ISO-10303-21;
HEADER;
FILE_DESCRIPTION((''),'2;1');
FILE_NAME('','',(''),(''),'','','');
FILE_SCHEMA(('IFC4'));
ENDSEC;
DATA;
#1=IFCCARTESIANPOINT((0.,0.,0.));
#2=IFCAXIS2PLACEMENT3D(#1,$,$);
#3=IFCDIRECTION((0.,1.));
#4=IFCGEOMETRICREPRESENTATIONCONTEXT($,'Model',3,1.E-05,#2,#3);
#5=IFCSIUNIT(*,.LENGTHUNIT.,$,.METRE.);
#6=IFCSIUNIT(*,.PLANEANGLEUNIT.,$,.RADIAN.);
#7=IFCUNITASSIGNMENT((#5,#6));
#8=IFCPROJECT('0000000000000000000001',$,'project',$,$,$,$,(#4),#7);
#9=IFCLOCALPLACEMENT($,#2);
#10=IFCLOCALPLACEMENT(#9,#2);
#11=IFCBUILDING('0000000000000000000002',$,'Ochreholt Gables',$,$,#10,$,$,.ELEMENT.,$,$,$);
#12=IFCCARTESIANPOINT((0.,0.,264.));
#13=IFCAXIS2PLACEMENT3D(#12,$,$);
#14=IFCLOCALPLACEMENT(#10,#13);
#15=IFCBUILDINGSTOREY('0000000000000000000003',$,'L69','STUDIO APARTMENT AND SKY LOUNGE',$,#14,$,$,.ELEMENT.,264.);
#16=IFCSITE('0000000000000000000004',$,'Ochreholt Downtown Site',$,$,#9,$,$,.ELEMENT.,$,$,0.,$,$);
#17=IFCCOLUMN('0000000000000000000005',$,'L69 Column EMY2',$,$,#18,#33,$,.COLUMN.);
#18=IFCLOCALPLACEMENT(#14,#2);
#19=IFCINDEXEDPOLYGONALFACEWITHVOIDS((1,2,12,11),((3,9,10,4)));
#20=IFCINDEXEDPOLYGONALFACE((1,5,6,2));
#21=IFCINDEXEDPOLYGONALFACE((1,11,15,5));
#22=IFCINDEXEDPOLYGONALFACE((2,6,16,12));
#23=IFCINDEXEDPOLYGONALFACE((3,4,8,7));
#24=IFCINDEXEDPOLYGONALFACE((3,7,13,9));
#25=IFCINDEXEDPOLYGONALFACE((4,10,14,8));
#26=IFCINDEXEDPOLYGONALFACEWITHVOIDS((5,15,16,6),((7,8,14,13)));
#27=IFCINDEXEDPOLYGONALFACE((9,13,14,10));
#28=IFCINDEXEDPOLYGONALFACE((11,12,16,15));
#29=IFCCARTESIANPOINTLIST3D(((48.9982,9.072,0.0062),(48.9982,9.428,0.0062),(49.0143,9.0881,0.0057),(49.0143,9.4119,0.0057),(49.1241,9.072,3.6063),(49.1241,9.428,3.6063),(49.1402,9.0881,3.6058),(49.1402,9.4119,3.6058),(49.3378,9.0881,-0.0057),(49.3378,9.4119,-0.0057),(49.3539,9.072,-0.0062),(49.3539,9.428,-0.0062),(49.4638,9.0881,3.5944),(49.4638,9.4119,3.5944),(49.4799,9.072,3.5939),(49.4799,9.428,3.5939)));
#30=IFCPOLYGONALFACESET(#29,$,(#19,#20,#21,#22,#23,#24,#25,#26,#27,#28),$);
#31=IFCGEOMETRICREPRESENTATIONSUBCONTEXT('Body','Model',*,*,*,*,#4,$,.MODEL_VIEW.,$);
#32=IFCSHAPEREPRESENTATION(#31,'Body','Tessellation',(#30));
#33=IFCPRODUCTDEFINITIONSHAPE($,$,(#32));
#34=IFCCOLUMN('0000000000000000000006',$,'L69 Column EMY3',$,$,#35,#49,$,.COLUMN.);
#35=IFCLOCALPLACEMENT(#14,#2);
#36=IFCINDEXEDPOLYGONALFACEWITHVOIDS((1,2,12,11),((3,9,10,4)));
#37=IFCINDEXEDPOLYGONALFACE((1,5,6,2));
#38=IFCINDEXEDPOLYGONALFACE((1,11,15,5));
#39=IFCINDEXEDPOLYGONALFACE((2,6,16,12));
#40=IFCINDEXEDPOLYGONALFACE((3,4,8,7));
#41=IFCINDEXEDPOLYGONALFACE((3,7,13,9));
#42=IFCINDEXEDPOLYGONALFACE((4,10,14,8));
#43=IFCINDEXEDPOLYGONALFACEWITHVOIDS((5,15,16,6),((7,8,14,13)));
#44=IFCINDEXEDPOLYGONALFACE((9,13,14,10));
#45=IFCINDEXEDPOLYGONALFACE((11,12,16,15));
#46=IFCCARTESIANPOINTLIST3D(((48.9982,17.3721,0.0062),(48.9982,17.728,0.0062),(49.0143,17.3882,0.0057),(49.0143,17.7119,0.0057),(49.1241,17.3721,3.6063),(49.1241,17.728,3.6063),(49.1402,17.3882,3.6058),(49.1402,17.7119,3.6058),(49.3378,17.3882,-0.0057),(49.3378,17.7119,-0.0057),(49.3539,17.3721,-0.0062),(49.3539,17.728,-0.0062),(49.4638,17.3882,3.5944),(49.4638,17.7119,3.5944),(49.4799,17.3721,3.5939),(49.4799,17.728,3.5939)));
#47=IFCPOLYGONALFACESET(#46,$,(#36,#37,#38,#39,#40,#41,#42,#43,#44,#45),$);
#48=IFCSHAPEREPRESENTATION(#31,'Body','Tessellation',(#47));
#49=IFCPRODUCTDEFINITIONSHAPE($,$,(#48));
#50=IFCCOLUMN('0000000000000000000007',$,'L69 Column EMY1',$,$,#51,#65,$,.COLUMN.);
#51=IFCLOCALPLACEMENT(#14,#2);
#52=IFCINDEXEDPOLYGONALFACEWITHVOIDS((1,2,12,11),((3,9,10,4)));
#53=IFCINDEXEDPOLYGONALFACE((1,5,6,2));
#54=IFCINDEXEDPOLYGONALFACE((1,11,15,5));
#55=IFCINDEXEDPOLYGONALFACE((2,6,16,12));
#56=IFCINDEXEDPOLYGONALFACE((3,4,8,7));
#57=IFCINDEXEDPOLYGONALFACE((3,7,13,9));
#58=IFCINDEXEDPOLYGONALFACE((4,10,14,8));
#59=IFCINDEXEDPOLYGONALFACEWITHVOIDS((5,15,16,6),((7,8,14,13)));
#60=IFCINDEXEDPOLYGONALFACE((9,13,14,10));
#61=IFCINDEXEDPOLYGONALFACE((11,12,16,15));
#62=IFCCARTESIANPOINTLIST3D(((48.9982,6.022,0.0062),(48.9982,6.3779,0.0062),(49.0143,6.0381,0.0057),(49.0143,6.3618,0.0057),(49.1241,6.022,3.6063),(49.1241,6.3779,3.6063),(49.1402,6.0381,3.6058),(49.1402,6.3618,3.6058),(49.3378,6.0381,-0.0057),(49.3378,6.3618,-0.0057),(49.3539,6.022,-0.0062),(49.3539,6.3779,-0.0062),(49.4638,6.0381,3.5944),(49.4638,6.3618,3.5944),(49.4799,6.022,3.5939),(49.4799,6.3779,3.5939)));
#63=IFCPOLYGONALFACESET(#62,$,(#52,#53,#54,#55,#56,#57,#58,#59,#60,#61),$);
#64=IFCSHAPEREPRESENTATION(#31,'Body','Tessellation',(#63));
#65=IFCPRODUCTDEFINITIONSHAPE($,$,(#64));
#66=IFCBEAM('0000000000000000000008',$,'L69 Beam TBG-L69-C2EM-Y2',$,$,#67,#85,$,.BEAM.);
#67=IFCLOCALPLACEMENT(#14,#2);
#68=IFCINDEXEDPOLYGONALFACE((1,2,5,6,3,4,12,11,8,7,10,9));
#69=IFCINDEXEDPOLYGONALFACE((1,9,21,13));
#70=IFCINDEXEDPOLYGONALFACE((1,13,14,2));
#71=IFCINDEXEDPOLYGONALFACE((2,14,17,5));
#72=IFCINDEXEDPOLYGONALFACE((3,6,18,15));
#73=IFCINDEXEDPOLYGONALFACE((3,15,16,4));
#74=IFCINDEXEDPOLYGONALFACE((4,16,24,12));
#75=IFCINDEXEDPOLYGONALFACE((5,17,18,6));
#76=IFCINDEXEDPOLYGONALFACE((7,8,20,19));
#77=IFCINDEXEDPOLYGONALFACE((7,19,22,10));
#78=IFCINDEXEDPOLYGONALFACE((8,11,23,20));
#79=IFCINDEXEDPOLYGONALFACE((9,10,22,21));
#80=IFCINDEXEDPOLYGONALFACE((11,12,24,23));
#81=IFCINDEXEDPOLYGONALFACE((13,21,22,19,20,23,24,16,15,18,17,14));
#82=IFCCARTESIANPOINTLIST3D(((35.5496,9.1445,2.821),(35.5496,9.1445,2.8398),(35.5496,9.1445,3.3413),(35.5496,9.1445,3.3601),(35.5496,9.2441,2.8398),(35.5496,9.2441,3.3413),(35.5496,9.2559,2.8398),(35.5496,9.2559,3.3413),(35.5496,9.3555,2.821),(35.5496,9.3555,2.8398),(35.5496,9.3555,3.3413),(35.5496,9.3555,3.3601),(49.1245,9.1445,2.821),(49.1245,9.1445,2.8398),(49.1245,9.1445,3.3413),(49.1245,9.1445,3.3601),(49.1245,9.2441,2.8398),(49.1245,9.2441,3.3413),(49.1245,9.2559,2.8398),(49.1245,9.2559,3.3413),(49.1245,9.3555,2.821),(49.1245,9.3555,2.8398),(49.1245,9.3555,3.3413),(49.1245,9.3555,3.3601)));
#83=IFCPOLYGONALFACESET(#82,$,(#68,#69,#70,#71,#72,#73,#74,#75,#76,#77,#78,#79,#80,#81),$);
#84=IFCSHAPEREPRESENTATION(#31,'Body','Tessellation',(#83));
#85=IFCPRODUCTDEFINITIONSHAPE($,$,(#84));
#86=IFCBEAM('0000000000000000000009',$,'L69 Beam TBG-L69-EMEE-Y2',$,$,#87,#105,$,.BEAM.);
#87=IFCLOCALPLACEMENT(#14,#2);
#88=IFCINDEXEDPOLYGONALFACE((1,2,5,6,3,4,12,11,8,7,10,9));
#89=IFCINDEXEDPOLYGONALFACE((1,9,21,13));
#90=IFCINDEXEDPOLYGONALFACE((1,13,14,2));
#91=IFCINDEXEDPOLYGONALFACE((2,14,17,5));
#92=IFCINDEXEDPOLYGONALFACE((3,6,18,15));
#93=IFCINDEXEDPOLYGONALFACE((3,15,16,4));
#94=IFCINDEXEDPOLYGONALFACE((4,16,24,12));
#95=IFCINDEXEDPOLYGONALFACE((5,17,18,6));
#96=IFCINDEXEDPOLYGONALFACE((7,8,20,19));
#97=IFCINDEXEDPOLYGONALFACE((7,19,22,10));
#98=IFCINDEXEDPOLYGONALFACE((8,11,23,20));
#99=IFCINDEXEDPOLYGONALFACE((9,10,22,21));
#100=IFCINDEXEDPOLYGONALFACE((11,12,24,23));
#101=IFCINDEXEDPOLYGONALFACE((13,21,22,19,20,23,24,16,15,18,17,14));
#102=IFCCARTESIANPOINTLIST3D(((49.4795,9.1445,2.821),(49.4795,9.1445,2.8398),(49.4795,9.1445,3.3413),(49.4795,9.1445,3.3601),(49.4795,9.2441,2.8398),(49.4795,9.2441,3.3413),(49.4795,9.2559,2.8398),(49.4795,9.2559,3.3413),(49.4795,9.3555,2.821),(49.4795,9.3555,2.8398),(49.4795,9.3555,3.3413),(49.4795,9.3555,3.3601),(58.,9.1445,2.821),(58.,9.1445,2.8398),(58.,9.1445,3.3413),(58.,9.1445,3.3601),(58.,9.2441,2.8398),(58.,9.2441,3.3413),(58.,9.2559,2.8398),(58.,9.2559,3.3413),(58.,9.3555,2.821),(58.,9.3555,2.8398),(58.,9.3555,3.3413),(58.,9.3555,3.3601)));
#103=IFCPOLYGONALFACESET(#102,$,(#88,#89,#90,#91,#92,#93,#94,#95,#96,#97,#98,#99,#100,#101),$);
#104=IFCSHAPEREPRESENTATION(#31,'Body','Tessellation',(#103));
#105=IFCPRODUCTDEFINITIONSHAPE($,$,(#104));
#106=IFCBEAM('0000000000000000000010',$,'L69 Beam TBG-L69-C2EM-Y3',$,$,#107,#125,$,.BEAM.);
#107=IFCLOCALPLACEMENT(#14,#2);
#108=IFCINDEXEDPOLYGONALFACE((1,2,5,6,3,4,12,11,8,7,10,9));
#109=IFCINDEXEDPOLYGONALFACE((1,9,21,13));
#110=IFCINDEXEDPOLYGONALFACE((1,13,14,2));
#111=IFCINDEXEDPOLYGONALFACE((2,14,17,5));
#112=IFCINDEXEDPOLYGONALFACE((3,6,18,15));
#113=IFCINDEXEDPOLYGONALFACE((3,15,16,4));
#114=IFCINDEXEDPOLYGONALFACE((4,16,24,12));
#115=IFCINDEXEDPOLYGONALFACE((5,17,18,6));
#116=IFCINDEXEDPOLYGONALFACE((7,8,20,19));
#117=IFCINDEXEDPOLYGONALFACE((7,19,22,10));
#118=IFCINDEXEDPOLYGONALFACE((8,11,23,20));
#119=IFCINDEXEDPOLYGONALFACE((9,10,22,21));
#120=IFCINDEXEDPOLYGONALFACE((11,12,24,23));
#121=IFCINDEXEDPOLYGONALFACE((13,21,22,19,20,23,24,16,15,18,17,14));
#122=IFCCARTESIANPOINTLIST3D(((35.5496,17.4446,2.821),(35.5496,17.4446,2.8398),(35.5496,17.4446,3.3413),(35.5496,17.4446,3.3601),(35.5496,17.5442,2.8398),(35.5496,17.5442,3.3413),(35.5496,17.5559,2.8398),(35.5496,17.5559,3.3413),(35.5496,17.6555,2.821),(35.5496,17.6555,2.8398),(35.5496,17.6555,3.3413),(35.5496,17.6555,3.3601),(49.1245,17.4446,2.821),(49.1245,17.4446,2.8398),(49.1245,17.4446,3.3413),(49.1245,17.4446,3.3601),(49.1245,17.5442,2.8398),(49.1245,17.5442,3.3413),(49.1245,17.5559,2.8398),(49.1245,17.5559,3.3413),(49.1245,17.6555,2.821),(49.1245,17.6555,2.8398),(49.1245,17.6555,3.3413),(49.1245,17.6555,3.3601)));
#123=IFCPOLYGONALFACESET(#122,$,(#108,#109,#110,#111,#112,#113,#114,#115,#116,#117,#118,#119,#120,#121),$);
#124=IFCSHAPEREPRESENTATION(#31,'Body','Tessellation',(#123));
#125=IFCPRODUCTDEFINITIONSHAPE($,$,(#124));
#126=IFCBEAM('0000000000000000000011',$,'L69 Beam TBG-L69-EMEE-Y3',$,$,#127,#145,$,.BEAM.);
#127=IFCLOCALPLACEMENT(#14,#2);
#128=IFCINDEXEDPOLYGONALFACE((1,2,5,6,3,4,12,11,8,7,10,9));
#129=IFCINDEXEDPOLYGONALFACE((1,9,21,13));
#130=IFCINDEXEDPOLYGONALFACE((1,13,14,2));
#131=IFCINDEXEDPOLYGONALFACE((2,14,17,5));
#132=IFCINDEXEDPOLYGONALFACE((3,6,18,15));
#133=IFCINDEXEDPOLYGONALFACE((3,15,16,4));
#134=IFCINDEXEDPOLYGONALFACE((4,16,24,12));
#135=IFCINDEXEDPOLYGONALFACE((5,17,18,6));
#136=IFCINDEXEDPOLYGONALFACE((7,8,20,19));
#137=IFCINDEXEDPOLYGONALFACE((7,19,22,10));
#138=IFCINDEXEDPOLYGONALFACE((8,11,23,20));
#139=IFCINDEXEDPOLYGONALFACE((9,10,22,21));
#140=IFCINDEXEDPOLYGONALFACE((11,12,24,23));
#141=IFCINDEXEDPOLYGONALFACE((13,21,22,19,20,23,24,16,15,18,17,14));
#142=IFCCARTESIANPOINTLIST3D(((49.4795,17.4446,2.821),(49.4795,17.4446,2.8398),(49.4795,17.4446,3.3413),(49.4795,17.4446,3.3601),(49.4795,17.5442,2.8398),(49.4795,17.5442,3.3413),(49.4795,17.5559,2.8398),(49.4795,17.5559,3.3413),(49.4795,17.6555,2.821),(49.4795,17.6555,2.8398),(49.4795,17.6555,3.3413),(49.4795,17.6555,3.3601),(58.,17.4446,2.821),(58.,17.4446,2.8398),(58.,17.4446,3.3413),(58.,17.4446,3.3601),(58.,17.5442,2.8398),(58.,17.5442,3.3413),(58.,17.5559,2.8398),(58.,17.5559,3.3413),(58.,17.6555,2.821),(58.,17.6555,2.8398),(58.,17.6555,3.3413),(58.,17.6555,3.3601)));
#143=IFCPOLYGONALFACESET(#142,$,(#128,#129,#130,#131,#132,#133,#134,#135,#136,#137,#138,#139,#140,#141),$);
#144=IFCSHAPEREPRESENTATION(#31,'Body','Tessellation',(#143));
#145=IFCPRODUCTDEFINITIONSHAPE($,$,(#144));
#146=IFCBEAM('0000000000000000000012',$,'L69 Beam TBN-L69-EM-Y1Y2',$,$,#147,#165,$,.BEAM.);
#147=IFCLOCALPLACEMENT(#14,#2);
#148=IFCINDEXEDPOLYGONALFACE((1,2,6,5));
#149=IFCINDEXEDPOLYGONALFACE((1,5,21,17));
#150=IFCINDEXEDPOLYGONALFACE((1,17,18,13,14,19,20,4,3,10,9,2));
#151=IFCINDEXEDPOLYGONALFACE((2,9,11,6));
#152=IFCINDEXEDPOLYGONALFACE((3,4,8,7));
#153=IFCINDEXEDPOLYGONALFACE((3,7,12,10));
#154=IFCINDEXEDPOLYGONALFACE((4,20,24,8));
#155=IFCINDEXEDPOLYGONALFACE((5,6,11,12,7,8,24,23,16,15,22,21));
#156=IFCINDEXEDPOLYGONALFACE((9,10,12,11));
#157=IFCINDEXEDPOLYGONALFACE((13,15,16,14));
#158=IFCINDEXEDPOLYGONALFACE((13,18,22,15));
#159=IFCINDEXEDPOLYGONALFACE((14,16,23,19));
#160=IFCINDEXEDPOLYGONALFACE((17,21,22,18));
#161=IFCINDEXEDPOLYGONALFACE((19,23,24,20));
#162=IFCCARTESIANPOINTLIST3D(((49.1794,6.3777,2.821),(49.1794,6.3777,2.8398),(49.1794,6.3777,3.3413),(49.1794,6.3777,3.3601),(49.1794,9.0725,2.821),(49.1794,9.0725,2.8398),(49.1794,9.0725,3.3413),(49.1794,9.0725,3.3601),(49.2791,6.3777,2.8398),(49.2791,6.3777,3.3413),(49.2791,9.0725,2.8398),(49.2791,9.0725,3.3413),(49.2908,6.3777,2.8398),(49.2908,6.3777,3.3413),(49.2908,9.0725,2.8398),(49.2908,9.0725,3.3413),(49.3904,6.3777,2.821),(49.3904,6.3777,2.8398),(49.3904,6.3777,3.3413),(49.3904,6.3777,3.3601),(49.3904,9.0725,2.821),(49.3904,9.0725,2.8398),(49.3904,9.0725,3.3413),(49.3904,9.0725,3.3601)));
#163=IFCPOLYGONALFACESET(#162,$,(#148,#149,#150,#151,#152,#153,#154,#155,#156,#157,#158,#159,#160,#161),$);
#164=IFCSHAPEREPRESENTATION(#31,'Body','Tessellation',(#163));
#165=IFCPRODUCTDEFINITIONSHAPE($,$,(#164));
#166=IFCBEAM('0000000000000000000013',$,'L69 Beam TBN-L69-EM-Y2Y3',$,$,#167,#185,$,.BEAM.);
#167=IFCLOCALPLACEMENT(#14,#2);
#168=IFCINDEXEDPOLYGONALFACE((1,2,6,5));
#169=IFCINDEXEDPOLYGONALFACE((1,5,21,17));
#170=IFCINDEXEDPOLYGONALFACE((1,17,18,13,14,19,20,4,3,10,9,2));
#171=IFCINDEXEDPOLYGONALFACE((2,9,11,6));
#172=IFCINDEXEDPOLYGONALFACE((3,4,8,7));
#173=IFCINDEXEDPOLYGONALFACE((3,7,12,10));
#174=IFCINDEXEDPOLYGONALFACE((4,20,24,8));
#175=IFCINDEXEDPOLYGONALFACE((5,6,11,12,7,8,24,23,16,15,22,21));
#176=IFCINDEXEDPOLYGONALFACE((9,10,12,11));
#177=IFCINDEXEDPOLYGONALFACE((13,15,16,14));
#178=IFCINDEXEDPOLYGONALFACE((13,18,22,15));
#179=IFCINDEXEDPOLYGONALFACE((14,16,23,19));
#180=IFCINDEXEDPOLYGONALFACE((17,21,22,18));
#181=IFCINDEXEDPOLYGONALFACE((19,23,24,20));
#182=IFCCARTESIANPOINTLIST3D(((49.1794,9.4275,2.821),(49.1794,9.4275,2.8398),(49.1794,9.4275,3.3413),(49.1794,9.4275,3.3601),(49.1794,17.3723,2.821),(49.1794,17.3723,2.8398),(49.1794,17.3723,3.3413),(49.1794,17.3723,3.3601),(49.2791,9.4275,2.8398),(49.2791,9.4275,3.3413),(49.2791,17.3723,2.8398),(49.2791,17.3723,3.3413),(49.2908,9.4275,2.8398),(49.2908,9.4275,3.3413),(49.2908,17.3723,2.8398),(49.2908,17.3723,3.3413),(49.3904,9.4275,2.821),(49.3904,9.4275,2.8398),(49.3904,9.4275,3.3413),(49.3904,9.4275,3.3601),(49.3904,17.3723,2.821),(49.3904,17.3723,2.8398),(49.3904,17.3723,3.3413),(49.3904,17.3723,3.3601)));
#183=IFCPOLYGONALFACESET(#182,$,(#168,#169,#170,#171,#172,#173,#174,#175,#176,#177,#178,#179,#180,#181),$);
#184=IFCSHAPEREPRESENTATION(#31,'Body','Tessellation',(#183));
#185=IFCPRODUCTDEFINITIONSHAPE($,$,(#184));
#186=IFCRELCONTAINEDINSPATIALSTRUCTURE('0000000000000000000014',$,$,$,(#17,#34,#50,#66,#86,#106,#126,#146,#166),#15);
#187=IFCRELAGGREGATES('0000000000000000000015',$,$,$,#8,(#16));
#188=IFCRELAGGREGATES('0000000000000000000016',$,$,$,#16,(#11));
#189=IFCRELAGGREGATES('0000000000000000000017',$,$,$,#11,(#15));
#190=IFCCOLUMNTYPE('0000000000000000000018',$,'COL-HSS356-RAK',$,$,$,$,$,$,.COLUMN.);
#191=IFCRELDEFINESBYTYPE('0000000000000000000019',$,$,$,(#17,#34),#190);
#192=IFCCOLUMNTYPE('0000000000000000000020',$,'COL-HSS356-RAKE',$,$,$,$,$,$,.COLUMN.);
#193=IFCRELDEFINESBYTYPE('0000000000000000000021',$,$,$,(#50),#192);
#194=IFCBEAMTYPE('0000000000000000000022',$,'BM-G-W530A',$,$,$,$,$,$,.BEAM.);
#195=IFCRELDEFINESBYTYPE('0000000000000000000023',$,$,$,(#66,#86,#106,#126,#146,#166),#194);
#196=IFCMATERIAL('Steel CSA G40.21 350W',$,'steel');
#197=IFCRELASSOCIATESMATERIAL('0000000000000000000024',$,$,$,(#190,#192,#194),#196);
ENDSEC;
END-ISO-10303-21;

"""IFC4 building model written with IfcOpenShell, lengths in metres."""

from ifc_helpers import new_model, si_unit, direction, frame, origin, origin_2d, place, context, subcontext, project, spatial, hollow_rectangle, i_section, extrude, material, material_profile, profile_set, type_object, element, save


model = new_model("IFC4")

# Units and contexts
model_context = context("Model", 3, precision=1e-05, world=origin(), true_north=direction((0.0, 1.0)))
body_context = subcontext(model_context, "Body", "Model", "MODEL_VIEW")
ifc_project = project(units=[si_unit("LENGTHUNIT", "METRE"), si_unit("PLANEANGLEUNIT", "RADIAN")], contexts=[model_context])

# Site, building, storey
site_placement = place(None, origin())
site = spatial("IfcSite", under=ifc_project, at=site_placement, Name="Ochreholt Downtown Site", CompositionType="ELEMENT", RefElevation=0.0)
building_placement = place(site_placement, origin())
building = spatial("IfcBuilding", under=site, at=building_placement, Name="Ochreholt Gables", CompositionType="ELEMENT")
storey_placement = place(building_placement, frame((0.0, 0.0, 264.0)))
storey = spatial("IfcBuildingStorey", under=building, at=storey_placement, Name="L69", Description="STUDIO APARTMENT AND SKY LOUNGE", CompositionType="ELEMENT", Elevation=264.0)

# Columns
ifc_material_1 = material(Name="Steel CSA G40.21 350W", Category="steel")
ifc_material_profile_1 = material_profile(ifc_material_1, hollow_rectangle(XDim=0.356, YDim=0.356, WallThickness=0.0161, at=origin_2d()), Name="HSS356X356X16")
ifc_profile_set_1 = profile_set([ifc_material_profile_1], Name="Steel CSA G40.21 350W")
column_type_1 = type_object("IfcColumnType", Name="COL-HSS356-RAK", PredefinedType="COLUMN", material=ifc_profile_set_1)
for number, where, z_axis, x_axis, name in (
    (1, (49.176, 9.25, 0.0), (0.034971, 0.0, 0.999388), (0.0, 1.0, 0.0), "L69 Column EMY2"),
    (2, (49.176, 17.55, 0.0), (0.034971, 0.0, 0.999388), (0.0, 1.0, 0.0), "L69 Column EMY3"),
):
    element("IfcColumn", number, at=place(storey_placement, frame(where, z_axis=z_axis, x_axis=x_axis)), inside=storey, type_object=column_type_1, Name=name, PredefinedType="COLUMN", context=body_context, shape_type="SweptSolid", body=[
        extrude(hollow_rectangle(XDim=0.356, YDim=0.356, WallThickness=0.0161, at=origin_2d()), origin(), (0.0, 0.0, 1.0), 3.6023),
    ])
ifc_material_profile_2 = material_profile(ifc_material_1, hollow_rectangle(XDim=0.356, YDim=0.356, WallThickness=0.0161, at=origin_2d()), Name="HSS356X356X16")
ifc_profile_set_2 = profile_set([ifc_material_profile_2], Name="Steel CSA G40.21 350W")
column_type_2 = type_object("IfcColumnType", Name="COL-HSS356-RAKE", PredefinedType="COLUMN", material=ifc_profile_set_2)
column_placement = place(storey_placement, frame((49.176, 6.2, 0.0), z_axis=(0.034971, 0.0, 0.999388), x_axis=(0.0, 1.0, 0.0)))
element("IfcColumn", 3, at=column_placement, inside=storey, type_object=column_type_2, Name="L69 Column EMY1", PredefinedType="COLUMN", context=body_context, shape_type="SweptSolid", body=[
    extrude(hollow_rectangle(XDim=0.356, YDim=0.356, WallThickness=0.0161, at=origin_2d()), origin(), (0.0, 0.0, 1.0), 3.6023),
])

# Beams
ifc_material_profile_3 = material_profile(ifc_material_1, i_section(OverallWidth=0.2109, OverallDepth=0.5391, WebThickness=0.0117, FlangeThickness=0.0188, at=origin_2d()), Name="W530X109")
ifc_profile_set_3 = profile_set([ifc_material_profile_3], Name="Steel CSA G40.21 350W")
beam_type_1 = type_object("IfcBeamType", Name="BM-G-W530A", PredefinedType="BEAM", material=ifc_profile_set_3)
beam_1_placement = place(storey_placement, frame((35.5496, 9.25, 3.0906), z_axis=(1.0, 0.0, 0.0), x_axis=(0.0, 1.0, 0.0)))
element("IfcBeam", 4, at=beam_1_placement, inside=storey, type_object=beam_type_1, Name="L69 Beam TBG-L69-C2EM-Y2", PredefinedType="BEAM", context=body_context, shape_type="SweptSolid", body=[
    extrude(i_section(OverallWidth=0.2109, OverallDepth=0.5391, WebThickness=0.0117, FlangeThickness=0.0188, at=origin_2d()), origin(), (0.0, 0.0, 1.0), 13.575),
])
beam_2_placement = place(storey_placement, frame((49.4795, 9.25, 3.0906), z_axis=(1.0, 0.0, 0.0), x_axis=(0.0, 1.0, 0.0)))
element("IfcBeam", 5, at=beam_2_placement, inside=storey, type_object=beam_type_1, Name="L69 Beam TBG-L69-EMEE-Y2", PredefinedType="BEAM", context=body_context, shape_type="SweptSolid", body=[
    extrude(i_section(OverallWidth=0.2109, OverallDepth=0.5391, WebThickness=0.0117, FlangeThickness=0.0188, at=origin_2d()), origin(), (0.0, 0.0, 1.0), 8.5205),
])
beam_3_placement = place(storey_placement, frame((35.5496, 17.55, 3.0906), z_axis=(1.0, 0.0, 0.0), x_axis=(0.0, 1.0, 0.0)))
element("IfcBeam", 6, at=beam_3_placement, inside=storey, type_object=beam_type_1, Name="L69 Beam TBG-L69-C2EM-Y3", PredefinedType="BEAM", context=body_context, shape_type="SweptSolid", body=[
    extrude(i_section(OverallWidth=0.2109, OverallDepth=0.5391, WebThickness=0.0117, FlangeThickness=0.0188, at=origin_2d()), origin(), (0.0, 0.0, 1.0), 13.575),
])
beam_4_placement = place(storey_placement, frame((49.4795, 17.55, 3.0906), z_axis=(1.0, 0.0, 0.0), x_axis=(0.0, 1.0, 0.0)))
element("IfcBeam", 7, at=beam_4_placement, inside=storey, type_object=beam_type_1, Name="L69 Beam TBG-L69-EMEE-Y3", PredefinedType="BEAM", context=body_context, shape_type="SweptSolid", body=[
    extrude(i_section(OverallWidth=0.2109, OverallDepth=0.5391, WebThickness=0.0117, FlangeThickness=0.0188, at=origin_2d()), origin(), (0.0, 0.0, 1.0), 8.5205),
])
beam_5_placement = place(storey_placement, frame((49.2849, 6.3777, 3.0906), z_axis=(0.0, 1.0, 0.0), x_axis=(-1.0, 0.0, 0.0)))
element("IfcBeam", 8, at=beam_5_placement, inside=storey, type_object=beam_type_1, Name="L69 Beam TBN-L69-EM-Y1Y2", PredefinedType="BEAM", context=body_context, shape_type="SweptSolid", body=[
    extrude(i_section(OverallWidth=0.2109, OverallDepth=0.5391, WebThickness=0.0117, FlangeThickness=0.0188, at=origin_2d()), origin(), (0.0, 0.0, 1.0), 2.6948),
])
beam_6_placement = place(storey_placement, frame((49.2849, 9.4275, 3.0906), z_axis=(0.0, 1.0, 0.0), x_axis=(-1.0, 0.0, 0.0)))
element("IfcBeam", 9, at=beam_6_placement, inside=storey, type_object=beam_type_1, Name="L69 Beam TBN-L69-EM-Y2Y3", PredefinedType="BEAM", context=body_context, shape_type="SweptSolid", body=[
    extrude(i_section(OverallWidth=0.2109, OverallDepth=0.5391, WebThickness=0.0117, FlangeThickness=0.0188, at=origin_2d()), origin(), (0.0, 0.0, 1.0), 7.9448),
])

save(model, "model.ifc")
